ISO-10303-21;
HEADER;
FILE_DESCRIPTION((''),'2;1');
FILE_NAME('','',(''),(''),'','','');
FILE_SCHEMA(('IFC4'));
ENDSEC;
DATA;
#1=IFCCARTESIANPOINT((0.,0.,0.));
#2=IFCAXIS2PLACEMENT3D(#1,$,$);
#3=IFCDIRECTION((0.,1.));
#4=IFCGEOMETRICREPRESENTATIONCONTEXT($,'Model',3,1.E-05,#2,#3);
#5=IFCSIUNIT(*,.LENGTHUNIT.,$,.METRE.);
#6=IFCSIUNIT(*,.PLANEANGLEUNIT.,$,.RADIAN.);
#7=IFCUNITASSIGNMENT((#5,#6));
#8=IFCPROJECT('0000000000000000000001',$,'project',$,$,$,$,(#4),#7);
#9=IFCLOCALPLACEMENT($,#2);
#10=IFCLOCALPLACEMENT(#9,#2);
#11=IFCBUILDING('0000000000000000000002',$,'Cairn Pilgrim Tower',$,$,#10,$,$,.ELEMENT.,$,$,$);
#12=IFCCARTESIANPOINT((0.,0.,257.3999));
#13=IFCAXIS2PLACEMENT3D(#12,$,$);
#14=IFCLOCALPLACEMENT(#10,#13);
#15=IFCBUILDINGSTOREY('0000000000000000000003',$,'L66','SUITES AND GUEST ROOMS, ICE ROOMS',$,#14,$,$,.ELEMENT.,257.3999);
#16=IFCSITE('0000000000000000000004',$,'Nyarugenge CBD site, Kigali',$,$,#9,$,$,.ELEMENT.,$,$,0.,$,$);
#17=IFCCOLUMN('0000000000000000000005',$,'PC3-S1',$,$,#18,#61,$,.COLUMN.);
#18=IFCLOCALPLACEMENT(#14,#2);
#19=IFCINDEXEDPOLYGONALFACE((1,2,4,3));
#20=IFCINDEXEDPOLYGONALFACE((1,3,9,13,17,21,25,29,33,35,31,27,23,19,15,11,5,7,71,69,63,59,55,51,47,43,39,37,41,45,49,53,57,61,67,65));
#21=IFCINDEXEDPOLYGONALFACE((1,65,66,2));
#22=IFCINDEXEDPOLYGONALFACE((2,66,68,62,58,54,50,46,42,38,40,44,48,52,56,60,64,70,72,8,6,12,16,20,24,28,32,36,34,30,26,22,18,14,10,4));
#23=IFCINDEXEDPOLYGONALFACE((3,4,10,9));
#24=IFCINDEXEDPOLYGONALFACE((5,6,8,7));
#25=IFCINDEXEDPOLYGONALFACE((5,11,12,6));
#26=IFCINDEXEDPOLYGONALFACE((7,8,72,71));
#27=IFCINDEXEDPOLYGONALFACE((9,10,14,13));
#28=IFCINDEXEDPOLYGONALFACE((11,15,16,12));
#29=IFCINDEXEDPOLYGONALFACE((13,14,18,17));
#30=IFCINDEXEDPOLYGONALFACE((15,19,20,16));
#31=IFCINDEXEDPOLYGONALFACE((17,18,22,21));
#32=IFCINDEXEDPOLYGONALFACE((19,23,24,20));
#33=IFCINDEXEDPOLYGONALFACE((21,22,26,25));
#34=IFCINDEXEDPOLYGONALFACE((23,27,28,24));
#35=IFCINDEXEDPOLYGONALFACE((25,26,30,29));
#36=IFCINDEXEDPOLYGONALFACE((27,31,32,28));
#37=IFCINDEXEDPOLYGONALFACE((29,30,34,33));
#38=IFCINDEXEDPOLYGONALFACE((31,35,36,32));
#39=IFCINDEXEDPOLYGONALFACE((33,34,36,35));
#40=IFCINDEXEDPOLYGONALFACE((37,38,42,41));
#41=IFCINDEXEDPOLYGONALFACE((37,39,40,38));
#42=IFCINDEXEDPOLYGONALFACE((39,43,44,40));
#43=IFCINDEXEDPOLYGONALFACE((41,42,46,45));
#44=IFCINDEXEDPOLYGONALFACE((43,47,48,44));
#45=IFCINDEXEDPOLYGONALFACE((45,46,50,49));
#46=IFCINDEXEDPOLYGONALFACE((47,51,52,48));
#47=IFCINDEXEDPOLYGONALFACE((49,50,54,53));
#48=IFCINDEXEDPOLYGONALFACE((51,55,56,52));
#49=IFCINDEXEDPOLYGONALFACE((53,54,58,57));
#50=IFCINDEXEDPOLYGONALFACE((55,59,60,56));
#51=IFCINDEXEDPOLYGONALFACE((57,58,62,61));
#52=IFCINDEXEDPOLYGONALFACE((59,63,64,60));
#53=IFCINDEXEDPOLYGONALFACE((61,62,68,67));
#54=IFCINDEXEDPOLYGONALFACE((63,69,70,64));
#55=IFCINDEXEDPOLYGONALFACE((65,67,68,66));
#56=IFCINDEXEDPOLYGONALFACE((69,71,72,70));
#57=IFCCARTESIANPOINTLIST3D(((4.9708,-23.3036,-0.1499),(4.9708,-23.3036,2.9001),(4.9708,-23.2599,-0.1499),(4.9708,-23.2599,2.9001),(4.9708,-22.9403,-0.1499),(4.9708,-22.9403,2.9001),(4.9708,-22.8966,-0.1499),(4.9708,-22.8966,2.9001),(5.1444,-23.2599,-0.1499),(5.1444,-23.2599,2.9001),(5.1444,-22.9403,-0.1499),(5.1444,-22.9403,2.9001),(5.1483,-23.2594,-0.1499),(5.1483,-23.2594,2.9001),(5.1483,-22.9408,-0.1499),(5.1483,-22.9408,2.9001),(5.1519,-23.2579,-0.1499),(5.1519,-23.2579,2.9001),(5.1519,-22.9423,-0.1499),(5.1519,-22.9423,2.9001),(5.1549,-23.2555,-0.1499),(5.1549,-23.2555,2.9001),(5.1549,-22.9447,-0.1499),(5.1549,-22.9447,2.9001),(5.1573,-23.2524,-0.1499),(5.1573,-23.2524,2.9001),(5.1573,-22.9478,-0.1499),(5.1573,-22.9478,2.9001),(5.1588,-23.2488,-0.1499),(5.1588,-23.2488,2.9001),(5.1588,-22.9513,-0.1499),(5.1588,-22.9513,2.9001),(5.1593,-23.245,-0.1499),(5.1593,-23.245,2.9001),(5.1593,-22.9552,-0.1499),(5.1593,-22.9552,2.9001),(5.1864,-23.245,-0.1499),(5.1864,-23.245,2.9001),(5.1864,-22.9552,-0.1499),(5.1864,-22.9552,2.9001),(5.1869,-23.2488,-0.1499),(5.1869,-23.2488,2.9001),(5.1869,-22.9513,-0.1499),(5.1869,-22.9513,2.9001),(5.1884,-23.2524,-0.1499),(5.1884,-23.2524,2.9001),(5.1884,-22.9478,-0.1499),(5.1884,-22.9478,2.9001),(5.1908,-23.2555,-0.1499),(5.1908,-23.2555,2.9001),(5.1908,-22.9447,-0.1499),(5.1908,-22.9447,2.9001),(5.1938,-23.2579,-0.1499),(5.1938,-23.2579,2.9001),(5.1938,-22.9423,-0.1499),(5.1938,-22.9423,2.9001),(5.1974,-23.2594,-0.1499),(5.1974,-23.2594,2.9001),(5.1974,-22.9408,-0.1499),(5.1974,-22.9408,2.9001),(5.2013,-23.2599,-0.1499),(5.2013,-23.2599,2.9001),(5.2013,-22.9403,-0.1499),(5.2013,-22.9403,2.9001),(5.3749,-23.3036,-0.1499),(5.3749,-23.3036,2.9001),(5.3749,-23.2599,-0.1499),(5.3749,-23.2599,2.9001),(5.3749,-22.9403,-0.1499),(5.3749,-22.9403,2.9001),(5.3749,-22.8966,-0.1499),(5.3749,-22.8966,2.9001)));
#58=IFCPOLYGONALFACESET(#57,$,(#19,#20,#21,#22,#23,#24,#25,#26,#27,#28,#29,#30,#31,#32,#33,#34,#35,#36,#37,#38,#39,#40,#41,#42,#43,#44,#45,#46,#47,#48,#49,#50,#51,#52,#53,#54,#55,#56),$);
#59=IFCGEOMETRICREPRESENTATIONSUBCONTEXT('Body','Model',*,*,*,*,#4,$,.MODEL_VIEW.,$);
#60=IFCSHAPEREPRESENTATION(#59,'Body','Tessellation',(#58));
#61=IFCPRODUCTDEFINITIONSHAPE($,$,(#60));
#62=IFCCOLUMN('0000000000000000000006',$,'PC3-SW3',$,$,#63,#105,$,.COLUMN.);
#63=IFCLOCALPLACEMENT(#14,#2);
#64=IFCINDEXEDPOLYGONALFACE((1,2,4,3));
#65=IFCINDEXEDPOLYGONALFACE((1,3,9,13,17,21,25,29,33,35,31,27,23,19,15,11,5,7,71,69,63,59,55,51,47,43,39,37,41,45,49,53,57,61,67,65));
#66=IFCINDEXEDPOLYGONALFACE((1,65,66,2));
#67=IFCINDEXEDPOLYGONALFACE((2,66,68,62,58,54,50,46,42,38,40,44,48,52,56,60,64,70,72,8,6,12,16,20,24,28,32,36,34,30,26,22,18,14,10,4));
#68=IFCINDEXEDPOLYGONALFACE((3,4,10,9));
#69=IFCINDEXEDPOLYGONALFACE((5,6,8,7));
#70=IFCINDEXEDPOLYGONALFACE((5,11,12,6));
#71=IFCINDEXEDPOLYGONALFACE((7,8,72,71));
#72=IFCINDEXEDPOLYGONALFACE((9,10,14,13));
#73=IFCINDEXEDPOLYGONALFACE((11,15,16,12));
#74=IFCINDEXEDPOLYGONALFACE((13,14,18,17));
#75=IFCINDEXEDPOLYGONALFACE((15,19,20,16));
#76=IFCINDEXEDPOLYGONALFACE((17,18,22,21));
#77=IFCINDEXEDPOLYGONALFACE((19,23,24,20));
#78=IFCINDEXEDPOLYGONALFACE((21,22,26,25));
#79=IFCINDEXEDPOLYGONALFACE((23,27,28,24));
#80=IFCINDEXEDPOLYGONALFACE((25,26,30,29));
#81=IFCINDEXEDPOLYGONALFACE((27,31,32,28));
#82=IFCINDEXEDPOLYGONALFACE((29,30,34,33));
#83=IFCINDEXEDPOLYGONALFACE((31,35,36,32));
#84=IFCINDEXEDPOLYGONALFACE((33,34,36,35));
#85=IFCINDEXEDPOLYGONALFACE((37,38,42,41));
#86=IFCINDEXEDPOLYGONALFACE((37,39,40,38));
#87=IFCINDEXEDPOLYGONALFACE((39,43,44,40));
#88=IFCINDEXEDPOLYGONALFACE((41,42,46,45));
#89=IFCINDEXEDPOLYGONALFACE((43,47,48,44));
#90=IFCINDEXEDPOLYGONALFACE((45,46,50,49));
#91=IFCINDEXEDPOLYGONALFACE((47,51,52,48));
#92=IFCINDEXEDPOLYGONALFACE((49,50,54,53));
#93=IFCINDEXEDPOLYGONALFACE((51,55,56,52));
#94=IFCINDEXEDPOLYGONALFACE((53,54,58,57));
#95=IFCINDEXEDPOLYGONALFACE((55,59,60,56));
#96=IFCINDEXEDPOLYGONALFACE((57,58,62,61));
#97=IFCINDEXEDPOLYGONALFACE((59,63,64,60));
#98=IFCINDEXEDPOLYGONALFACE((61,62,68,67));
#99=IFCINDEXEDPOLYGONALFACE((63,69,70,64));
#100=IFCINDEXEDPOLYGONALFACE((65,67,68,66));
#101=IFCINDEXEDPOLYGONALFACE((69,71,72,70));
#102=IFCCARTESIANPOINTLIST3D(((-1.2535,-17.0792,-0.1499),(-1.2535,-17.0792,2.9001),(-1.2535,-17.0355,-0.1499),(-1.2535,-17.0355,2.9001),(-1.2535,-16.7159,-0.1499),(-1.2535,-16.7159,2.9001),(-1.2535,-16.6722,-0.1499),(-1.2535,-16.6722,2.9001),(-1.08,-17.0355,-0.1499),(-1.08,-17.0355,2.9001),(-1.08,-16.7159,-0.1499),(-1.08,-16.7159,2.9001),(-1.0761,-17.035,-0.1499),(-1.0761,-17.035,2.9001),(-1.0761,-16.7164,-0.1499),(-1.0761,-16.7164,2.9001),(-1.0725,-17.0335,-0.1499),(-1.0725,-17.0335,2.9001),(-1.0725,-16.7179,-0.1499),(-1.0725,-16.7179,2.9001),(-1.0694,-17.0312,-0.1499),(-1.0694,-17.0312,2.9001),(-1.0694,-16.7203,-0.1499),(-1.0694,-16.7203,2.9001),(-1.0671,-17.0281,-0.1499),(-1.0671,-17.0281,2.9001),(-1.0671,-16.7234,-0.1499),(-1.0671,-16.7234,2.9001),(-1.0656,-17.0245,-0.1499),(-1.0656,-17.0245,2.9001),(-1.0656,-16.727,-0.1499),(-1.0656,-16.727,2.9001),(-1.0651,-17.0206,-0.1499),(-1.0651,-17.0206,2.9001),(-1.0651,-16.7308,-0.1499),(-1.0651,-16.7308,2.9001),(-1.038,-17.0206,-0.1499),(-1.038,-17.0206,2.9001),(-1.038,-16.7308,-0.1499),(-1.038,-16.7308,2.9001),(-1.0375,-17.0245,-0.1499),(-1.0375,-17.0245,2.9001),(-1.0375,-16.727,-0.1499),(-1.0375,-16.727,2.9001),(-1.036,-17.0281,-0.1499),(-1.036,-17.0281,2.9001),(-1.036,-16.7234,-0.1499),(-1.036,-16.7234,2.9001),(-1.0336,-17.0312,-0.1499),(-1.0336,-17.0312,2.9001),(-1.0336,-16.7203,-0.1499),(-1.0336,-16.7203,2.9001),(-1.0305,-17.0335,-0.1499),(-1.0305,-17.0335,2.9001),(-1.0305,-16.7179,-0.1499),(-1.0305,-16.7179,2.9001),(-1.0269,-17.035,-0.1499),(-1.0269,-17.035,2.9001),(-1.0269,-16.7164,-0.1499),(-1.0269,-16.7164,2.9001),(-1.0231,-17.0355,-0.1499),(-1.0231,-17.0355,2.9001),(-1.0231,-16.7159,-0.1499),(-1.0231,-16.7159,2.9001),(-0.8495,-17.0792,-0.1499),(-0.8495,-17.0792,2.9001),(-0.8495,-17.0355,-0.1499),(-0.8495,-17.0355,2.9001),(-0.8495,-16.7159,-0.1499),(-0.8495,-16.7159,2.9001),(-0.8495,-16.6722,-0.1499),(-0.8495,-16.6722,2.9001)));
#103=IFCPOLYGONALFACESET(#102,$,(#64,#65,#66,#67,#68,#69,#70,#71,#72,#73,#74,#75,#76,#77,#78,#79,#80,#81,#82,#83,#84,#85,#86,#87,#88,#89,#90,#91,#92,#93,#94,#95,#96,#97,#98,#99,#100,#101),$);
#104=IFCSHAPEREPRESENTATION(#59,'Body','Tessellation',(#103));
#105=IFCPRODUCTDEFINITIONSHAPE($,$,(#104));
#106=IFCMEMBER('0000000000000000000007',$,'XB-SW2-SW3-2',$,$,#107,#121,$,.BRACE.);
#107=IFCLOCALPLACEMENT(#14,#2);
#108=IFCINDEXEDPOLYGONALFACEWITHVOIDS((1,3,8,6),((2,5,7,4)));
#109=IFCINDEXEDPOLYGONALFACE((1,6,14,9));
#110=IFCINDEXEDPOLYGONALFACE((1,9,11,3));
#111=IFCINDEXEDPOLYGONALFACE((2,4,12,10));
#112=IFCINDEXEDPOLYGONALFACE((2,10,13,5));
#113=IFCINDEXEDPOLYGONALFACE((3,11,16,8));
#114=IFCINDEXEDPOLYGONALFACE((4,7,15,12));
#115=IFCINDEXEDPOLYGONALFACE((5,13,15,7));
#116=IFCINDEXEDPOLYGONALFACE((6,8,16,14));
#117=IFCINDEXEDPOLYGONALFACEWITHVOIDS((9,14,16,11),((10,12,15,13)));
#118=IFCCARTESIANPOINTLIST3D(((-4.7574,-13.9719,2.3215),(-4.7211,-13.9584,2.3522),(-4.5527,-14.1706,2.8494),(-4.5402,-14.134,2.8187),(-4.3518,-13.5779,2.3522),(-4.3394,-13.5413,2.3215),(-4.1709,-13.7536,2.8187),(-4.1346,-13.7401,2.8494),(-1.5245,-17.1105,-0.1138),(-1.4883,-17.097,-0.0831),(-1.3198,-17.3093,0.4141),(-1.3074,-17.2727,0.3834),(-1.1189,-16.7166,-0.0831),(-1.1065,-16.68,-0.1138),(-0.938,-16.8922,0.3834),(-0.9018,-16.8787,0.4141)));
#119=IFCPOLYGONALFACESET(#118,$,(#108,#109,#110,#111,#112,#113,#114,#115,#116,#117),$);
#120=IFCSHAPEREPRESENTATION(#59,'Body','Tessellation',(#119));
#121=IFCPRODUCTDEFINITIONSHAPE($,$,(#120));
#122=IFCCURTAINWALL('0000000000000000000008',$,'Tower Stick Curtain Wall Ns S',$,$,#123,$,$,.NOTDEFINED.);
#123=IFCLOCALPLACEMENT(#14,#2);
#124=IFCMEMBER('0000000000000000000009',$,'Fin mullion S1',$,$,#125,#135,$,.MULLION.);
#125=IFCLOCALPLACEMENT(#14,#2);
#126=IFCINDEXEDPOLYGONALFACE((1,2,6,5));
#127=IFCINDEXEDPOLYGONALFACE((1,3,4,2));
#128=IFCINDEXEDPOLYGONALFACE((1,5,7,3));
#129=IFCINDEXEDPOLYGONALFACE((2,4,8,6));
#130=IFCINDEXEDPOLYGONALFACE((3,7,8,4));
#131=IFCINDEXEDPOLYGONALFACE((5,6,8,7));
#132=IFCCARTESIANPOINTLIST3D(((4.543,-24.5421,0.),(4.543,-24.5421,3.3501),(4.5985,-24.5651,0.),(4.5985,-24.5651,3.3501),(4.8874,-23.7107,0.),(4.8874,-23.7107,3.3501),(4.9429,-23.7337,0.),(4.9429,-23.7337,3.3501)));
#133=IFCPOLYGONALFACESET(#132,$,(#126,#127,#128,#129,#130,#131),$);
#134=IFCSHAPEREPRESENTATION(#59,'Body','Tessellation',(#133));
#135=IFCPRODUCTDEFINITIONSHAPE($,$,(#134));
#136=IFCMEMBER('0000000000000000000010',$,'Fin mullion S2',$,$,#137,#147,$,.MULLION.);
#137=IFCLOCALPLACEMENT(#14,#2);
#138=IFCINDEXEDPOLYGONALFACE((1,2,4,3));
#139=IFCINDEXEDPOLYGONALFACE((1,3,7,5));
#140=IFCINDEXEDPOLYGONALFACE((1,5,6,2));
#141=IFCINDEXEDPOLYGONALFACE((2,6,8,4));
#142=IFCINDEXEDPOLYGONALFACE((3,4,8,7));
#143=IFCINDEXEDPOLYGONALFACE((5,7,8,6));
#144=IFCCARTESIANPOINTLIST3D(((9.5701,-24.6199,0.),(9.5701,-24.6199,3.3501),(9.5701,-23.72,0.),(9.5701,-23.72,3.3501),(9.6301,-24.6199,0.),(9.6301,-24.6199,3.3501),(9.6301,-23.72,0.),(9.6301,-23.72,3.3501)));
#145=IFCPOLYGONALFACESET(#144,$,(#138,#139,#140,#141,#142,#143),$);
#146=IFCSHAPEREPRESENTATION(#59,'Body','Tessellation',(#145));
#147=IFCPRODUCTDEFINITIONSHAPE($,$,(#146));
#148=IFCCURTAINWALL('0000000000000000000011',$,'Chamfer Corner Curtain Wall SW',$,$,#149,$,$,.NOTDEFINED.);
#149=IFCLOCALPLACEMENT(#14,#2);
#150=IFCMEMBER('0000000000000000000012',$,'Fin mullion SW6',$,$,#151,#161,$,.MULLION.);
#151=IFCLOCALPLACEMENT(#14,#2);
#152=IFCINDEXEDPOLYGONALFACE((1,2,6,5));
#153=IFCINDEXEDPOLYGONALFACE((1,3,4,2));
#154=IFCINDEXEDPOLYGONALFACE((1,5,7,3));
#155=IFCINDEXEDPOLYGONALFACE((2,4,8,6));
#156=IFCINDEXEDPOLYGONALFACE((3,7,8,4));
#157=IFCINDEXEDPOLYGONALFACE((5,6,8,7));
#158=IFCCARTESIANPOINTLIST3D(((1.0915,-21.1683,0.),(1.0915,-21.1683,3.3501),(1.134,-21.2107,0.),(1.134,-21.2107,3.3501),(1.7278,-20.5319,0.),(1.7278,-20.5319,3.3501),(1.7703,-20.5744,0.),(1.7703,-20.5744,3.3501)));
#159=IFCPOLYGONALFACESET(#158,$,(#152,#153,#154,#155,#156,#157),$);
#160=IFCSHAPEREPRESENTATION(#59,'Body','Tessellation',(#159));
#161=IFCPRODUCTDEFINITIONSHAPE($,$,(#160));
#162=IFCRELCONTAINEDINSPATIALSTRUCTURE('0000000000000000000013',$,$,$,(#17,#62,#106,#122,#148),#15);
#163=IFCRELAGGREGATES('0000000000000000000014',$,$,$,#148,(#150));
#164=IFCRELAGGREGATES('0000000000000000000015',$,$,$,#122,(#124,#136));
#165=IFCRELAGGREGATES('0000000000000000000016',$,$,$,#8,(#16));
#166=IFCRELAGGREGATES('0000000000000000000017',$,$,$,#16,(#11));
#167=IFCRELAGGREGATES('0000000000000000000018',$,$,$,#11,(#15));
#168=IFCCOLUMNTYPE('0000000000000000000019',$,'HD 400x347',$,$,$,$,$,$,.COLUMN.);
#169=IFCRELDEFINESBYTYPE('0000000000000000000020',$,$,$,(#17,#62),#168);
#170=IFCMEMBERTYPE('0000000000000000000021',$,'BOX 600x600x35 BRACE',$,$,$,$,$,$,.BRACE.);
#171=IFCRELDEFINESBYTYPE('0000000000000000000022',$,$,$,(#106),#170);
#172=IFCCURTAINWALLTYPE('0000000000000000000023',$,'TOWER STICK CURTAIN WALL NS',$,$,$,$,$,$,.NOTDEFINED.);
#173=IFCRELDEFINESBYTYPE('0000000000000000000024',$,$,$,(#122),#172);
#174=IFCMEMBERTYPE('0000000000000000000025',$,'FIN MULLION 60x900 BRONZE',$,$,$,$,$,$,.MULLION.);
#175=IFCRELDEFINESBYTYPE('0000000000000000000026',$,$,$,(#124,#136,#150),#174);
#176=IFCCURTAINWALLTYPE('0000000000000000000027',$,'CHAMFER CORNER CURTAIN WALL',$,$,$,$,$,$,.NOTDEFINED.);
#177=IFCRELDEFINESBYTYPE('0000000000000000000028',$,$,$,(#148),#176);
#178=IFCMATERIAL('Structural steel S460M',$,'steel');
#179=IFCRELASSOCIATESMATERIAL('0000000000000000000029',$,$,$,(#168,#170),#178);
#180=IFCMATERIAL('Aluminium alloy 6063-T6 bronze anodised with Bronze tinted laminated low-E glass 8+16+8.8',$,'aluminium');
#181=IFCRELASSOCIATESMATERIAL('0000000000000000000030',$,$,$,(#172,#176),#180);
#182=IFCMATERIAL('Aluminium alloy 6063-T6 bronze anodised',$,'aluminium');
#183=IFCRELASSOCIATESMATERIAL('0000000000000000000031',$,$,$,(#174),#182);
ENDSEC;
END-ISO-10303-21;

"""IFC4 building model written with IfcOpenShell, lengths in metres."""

from ifc_helpers import new_model, si_unit, direction, frame, origin, origin_2d, place, context, subcontext, project, spatial, rectangle, hollow_rectangle, i_section, extrude, clip, halfspace, material, material_profile, profile_set, type_object, element, aggregate, save


model = new_model("IFC4")

# Units and contexts
model_context = context("Model", 3, precision=1e-05, world=origin(), true_north=direction((0.0, 1.0)))
body_context = subcontext(model_context, "Body", "Model", "MODEL_VIEW")
ifc_project = project(units=[si_unit("LENGTHUNIT", "METRE"), si_unit("PLANEANGLEUNIT", "RADIAN")], contexts=[model_context])

# Site, building, storey
site_placement = place(None, origin())
site = spatial("IfcSite", under=ifc_project, at=site_placement, Name="Nyarugenge CBD site, Kigali", CompositionType="ELEMENT", RefElevation=0.0)
building_placement = place(site_placement, origin())
building = spatial("IfcBuilding", under=site, at=building_placement, Name="Cairn Pilgrim Tower", CompositionType="ELEMENT")
storey_placement = place(building_placement, frame((0.0, 0.0, 257.3999)))
storey = spatial("IfcBuildingStorey", under=building, at=storey_placement, Name="L66", Description="SUITES AND GUEST ROOMS, ICE ROOMS", CompositionType="ELEMENT", Elevation=257.3999)

# Columns
ifc_material_1 = material(Name="Structural steel S460M", Category="steel")
ifc_material_profile_1 = material_profile(ifc_material_1, i_section(OverallWidth=0.4041, OverallDepth=0.407, WebThickness=0.0271, FlangeThickness=0.0437, FilletRadius=0.0149, at=origin_2d()), Name="HD 400x347")
ifc_profile_set_1 = profile_set([ifc_material_profile_1], Name="Structural steel S460M")
column_type = type_object("IfcColumnType", Name="HD 400x347", PredefinedType="COLUMN", material=ifc_profile_set_1)
for number, where, z_axis, x_axis, name in (
    (1, (5.1729, -23.1001, -0.1499), (0.0, 0.0, 1.0), (1.0, 0.0, 0.0), "PC3-S1"),
    (2, (-1.0515, -16.8757, -0.1499), (0.0, 0.0, 1.0), (1.0, 0.0, 0.0), "PC3-SW3"),
):
    element("IfcColumn", number, at=place(storey_placement, frame(where, z_axis=z_axis, x_axis=x_axis)), inside=storey, type_object=column_type, Name=name, PredefinedType="COLUMN", context=body_context, shape_type="Clipping", body=[
        clip(extrude(i_section(OverallWidth=0.4041, OverallDepth=0.407, WebThickness=0.0271, FlangeThickness=0.0437, FilletRadius=0.0149, at=origin_2d()), origin(), (0.0, 0.0, 1.0), 3.5), halfspace(frame((0.0, 0.0, 3.05), z_axis=(0.0, 0.0, 1.0), x_axis=(1.0, 0.0, 0.0)), False)),
    ])

# Member
ifc_material_profile_2 = material_profile(ifc_material_1, hollow_rectangle(XDim=0.6001, YDim=0.6001, WallThickness=0.0349, at=origin_2d()), Name="BOX 600x600x35")
ifc_profile_set_2 = profile_set([ifc_material_profile_2], Name="Structural steel S460M")
member_type_1 = type_object("IfcMemberType", Name="BOX 600x600x35 BRACE", PredefinedType="BRACE", material=ifc_profile_set_2)
member_1_placement = place(storey_placement, frame((-1.2131, -16.9946, 0.1501), z_axis=(-0.631196, 0.612797, 0.47547), x_axis=(-0.696572, -0.717487, 0.0)))
element("IfcMember", 3, at=member_1_placement, inside=storey, type_object=member_type_1, Name="XB-SW2-SW3-2", PredefinedType="BRACE", context=body_context, shape_type="SweptSolid", body=[
    extrude(hollow_rectangle(XDim=0.6001, YDim=0.6001, WallThickness=0.0349, at=origin_2d()), origin(), (0.0, 0.0, 1.0), 5.1218),
])

# Curtain wall, members
ifc_material_2 = material(Name="Aluminium alloy 6063-T6 bronze anodised with Bronze tinted laminated low-E glass 8+16+8.8", Category="aluminium")
curtain_wall_type_1 = type_object("IfcCurtainWallType", Name="TOWER STICK CURTAIN WALL NS", PredefinedType="NOTDEFINED", material=ifc_material_2)
curtain_wall_1_placement = place(storey_placement, origin())
curtain_wall_1 = element("IfcCurtainWall", 4, at=curtain_wall_1_placement, inside=storey, type_object=curtain_wall_type_1, Name="Tower Stick Curtain Wall Ns S", PredefinedType="NOTDEFINED")
ifc_material_3 = material(Name="Aluminium alloy 6063-T6 bronze anodised", Category="aluminium")
ifc_material_profile_3 = material_profile(ifc_material_3, rectangle(XDim=0.8999, YDim=0.0601, at=origin_2d()), Name="FIN MULLION 60x900 BRONZE")
ifc_profile_set_3 = profile_set([ifc_material_profile_3], Name="Aluminium alloy 6063-T6 bronze anodised")
member_type_2 = type_object("IfcMemberType", Name="FIN MULLION 60x900 BRONZE", PredefinedType="MULLION", material=ifc_profile_set_3)
member_2_placement = place(storey_placement, frame((4.7429, -24.1379, 0.0), z_axis=(0.0, 0.0, 1.0), x_axis=(-0.382683, -0.92388, 0.0)))
member_2 = element("IfcMember", 5, at=member_2_placement, type_object=member_type_2, Name="Fin mullion S1", PredefinedType="MULLION", context=body_context, shape_type="SweptSolid", body=[
    extrude(rectangle(XDim=0.8999, YDim=0.0601, at=origin_2d()), origin(), (0.0, 0.0, 1.0), 3.3501),
])
member_3_placement = place(storey_placement, frame((9.6001, -24.1699, 0.0), z_axis=(0.0, 0.0, 1.0), x_axis=(0.0, -1.0, 0.0)))
member_3 = element("IfcMember", 6, at=member_3_placement, type_object=member_type_2, Name="Fin mullion S2", PredefinedType="MULLION", context=body_context, shape_type="SweptSolid", body=[
    extrude(rectangle(XDim=0.8999, YDim=0.0601, at=origin_2d()), origin(), (0.0, 0.0, 1.0), 3.3501),
])

# Curtain wall, member
curtain_wall_type_2 = type_object("IfcCurtainWallType", Name="CHAMFER CORNER CURTAIN WALL", PredefinedType="NOTDEFINED", material=ifc_material_2)
curtain_wall_2_placement = place(storey_placement, origin())
curtain_wall_2 = element("IfcCurtainWall", 7, at=curtain_wall_2_placement, inside=storey, type_object=curtain_wall_type_2, Name="Chamfer Corner Curtain Wall SW", PredefinedType="NOTDEFINED")
member_4_placement = place(storey_placement, frame((1.4309, -20.8713, 0.0), z_axis=(0.0, 0.0, 1.0), x_axis=(-0.707107, -0.707107, 0.0)))
member_4 = element("IfcMember", 8, at=member_4_placement, type_object=member_type_2, Name="Fin mullion SW6", PredefinedType="MULLION", context=body_context, shape_type="SweptSolid", body=[
    extrude(rectangle(XDim=0.8999, YDim=0.0601, at=origin_2d()), origin(), (0.0, 0.0, 1.0), 3.3501),
])

aggregate(curtain_wall_2, [member_4])
aggregate(curtain_wall_1, [member_2, member_3])

save(model, "model.ifc")
